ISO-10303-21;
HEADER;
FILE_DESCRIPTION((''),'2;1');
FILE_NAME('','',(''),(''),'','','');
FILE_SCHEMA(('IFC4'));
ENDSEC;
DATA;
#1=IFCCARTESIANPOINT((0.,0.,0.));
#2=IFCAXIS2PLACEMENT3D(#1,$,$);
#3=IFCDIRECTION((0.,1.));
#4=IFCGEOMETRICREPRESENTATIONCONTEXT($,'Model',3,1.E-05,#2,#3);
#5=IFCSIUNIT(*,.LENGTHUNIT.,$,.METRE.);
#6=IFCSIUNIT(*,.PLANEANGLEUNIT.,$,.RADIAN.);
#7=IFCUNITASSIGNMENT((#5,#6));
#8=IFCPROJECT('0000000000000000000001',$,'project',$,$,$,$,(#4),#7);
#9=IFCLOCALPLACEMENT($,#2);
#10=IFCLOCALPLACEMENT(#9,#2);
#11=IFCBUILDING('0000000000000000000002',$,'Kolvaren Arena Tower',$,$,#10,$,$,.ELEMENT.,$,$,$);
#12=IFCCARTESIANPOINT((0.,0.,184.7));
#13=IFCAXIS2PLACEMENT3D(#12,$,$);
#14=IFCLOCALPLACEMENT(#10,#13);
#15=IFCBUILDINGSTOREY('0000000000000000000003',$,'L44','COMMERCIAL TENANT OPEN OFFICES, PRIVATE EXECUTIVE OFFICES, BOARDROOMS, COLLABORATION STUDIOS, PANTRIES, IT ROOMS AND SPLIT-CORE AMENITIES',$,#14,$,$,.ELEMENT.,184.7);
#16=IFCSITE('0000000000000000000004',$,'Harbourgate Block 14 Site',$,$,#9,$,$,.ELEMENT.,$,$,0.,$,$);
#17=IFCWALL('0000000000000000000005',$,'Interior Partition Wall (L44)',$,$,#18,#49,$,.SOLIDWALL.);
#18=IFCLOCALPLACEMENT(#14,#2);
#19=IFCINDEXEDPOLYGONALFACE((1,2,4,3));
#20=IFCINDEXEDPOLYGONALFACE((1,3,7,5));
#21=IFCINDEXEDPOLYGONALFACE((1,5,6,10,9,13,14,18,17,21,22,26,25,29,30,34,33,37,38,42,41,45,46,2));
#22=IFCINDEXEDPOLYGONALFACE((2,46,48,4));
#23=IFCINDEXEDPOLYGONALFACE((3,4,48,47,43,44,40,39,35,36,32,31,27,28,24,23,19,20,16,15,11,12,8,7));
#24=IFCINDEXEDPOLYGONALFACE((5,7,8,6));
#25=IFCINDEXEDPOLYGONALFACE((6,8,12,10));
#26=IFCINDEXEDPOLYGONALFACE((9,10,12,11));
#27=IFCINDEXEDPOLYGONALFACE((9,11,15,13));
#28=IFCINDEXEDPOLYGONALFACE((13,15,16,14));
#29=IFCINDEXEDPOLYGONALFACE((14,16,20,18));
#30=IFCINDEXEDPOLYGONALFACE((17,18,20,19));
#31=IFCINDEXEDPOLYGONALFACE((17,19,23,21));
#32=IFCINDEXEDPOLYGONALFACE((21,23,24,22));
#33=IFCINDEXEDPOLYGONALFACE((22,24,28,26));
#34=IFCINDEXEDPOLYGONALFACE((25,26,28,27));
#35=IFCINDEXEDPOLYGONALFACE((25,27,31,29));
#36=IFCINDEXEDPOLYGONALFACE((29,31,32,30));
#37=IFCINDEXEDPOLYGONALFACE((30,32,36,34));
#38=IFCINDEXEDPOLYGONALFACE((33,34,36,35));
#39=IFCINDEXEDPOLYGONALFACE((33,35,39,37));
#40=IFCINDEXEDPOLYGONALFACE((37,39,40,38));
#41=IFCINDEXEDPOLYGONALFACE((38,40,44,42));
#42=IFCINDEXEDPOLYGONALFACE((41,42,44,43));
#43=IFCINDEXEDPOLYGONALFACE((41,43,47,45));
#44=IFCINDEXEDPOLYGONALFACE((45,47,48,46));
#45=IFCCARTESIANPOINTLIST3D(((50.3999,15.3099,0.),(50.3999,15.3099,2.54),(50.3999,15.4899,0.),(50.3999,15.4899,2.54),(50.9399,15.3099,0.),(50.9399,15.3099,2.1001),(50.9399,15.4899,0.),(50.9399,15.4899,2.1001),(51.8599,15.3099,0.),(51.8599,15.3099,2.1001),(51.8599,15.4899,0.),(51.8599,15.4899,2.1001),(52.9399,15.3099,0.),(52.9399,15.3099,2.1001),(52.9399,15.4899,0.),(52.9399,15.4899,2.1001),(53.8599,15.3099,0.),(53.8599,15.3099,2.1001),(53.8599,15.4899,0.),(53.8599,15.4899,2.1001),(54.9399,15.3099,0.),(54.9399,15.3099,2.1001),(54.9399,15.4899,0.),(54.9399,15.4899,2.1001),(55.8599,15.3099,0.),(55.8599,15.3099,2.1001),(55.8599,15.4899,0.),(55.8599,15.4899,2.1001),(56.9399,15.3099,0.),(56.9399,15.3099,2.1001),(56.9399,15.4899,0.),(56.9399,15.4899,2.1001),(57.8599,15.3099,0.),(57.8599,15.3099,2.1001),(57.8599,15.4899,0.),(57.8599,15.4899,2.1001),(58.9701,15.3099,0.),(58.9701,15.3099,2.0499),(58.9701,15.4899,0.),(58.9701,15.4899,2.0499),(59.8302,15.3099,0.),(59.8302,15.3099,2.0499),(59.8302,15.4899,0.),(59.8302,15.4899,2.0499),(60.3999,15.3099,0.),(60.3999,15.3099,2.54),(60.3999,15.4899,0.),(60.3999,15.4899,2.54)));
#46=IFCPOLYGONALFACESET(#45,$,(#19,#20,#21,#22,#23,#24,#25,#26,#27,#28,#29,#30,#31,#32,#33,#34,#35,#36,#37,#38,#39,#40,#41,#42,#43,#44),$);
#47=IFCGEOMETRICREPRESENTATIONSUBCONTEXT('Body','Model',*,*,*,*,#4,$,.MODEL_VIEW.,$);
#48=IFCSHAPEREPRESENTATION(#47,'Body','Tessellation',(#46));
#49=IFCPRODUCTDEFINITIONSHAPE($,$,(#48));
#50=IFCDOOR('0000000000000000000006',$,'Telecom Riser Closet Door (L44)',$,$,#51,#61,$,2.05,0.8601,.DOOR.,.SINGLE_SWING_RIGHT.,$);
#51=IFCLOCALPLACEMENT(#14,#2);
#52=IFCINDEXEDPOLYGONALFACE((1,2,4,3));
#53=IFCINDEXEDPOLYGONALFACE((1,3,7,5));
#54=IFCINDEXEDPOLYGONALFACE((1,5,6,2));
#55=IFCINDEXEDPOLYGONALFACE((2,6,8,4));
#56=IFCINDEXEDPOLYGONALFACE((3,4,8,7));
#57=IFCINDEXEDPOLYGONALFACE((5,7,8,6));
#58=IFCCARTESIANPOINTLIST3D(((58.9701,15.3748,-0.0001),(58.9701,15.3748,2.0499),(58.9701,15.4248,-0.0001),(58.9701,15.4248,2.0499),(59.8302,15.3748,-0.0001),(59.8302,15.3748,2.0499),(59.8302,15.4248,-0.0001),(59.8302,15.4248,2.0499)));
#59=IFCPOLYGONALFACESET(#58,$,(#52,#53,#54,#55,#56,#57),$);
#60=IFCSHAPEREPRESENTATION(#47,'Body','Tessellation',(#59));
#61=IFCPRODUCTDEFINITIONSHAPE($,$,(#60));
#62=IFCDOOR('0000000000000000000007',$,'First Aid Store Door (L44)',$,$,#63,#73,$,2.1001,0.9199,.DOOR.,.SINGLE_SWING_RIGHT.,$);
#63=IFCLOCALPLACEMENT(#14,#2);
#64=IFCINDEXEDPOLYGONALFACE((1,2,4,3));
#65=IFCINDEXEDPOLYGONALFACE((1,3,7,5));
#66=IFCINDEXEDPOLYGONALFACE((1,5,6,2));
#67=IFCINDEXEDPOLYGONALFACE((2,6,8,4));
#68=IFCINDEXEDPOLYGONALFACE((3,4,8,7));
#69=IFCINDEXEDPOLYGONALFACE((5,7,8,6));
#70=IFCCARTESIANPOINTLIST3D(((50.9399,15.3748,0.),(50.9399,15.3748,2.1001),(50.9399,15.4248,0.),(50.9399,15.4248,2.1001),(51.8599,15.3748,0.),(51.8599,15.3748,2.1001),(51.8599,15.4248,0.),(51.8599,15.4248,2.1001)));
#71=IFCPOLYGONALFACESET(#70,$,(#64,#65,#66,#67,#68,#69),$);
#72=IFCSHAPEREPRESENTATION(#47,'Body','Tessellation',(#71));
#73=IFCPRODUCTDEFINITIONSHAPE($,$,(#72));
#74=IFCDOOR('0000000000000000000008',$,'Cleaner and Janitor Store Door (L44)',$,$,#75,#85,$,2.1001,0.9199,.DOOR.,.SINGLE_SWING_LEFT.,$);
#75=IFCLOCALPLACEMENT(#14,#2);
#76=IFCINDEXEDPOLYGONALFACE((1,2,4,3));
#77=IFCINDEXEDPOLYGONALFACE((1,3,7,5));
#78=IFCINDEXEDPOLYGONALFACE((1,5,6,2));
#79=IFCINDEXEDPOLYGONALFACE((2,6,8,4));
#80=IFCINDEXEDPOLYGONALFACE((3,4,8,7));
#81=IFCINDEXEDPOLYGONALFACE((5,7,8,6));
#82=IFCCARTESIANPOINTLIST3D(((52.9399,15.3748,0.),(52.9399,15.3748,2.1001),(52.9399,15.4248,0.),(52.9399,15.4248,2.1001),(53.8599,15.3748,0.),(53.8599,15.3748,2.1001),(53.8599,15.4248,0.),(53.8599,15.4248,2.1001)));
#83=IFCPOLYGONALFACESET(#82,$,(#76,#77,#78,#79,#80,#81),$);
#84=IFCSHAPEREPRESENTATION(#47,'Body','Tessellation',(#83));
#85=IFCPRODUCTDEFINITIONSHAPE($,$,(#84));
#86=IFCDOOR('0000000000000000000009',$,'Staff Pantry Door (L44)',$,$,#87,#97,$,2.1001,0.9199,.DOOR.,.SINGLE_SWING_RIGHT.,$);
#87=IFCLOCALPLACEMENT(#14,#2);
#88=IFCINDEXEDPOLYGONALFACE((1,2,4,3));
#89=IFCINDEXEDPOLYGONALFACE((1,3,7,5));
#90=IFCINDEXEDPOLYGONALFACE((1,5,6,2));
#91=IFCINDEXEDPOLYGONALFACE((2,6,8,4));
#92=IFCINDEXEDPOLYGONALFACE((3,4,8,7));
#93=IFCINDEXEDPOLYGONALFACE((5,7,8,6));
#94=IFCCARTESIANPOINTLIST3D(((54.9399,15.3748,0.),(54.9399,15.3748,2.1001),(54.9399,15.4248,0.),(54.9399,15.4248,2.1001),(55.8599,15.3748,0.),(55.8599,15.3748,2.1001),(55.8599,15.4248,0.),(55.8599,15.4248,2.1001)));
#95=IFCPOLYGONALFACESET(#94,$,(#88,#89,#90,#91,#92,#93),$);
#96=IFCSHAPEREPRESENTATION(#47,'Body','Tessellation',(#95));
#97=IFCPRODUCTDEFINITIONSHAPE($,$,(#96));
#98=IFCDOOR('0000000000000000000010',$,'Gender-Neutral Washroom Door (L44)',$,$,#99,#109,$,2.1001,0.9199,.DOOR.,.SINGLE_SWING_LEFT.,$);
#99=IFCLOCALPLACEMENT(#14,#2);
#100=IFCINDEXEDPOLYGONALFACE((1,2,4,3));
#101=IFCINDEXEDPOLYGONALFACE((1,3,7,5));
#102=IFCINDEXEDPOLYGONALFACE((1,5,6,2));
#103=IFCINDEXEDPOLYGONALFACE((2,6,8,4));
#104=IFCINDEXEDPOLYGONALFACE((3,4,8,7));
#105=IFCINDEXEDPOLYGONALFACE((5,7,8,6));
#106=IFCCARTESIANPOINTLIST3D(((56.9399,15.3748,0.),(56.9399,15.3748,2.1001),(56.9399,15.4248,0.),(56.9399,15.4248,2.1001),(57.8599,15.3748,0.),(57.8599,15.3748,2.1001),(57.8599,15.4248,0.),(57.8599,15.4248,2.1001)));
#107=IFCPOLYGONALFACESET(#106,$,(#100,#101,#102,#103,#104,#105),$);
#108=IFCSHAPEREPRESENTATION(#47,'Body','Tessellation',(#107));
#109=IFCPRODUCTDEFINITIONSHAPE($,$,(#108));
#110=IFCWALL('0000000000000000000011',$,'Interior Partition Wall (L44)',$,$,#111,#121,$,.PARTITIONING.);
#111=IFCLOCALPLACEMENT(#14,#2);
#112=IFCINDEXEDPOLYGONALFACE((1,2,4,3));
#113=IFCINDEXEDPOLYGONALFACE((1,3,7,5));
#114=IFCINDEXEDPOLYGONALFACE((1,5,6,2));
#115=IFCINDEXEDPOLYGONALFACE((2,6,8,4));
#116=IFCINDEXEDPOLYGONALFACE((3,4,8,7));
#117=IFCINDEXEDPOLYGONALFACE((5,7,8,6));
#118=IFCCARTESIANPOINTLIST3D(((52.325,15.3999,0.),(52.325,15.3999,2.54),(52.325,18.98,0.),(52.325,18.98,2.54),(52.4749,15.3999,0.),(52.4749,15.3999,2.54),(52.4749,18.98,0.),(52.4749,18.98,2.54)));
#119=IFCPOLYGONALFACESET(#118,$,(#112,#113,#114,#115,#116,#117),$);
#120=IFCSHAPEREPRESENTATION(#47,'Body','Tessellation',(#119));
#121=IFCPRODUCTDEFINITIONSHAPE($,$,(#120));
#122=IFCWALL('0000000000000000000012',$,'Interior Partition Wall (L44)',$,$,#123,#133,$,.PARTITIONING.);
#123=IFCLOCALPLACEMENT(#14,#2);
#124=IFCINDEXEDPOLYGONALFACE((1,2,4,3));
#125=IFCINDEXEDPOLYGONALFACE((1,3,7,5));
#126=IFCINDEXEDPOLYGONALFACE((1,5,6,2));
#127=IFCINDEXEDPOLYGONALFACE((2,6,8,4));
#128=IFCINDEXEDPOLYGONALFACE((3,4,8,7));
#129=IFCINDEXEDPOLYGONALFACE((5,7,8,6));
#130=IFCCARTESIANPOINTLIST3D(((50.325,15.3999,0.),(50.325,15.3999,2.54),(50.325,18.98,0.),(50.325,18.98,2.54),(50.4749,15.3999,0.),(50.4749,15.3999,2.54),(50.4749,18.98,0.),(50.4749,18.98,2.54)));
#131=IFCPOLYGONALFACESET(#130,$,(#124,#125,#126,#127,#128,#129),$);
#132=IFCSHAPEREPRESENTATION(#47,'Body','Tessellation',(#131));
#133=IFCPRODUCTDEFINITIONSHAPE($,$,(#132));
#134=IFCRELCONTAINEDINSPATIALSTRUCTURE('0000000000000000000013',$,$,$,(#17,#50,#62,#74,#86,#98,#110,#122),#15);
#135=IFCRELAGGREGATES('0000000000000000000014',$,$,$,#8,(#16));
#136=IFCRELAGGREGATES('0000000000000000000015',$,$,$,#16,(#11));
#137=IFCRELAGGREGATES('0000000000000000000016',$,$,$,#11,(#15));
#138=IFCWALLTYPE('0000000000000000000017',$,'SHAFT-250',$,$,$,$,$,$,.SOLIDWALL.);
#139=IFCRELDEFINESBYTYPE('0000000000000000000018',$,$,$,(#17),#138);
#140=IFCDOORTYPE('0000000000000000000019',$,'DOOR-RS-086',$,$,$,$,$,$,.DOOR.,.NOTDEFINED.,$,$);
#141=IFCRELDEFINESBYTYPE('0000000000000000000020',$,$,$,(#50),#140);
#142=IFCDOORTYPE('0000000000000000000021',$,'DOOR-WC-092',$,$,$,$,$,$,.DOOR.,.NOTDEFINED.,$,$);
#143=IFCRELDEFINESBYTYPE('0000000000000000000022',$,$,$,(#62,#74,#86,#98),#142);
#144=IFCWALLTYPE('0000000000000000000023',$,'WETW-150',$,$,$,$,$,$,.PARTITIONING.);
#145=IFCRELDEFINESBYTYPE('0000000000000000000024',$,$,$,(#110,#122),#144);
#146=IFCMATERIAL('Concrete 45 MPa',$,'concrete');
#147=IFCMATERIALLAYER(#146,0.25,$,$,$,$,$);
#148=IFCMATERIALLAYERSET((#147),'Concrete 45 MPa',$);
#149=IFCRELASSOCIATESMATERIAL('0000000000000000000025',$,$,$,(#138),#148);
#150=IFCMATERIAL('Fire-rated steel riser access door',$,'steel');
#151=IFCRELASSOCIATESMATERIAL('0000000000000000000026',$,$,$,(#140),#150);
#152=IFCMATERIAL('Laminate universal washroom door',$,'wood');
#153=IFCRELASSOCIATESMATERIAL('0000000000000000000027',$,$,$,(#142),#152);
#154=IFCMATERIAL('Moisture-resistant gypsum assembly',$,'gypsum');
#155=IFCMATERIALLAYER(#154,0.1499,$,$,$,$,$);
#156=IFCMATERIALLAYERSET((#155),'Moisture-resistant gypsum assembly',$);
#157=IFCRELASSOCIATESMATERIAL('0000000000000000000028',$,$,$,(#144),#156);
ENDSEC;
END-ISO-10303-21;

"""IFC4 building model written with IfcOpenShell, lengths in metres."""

from ifc_helpers import new_model, si_unit, direction, frame, frame_2d, origin, place, context, subcontext, project, spatial, rectangle, extrude, material, layer, layer_set, type_object, element, fill, save


model = new_model("IFC4")

# Units and contexts
model_context = context("Model", 3, precision=1e-05, world=origin(), true_north=direction((0.0, 1.0)))
body_context = subcontext(model_context, "Body", "Model", "MODEL_VIEW")
ifc_project = project(units=[si_unit("LENGTHUNIT", "METRE"), si_unit("PLANEANGLEUNIT", "RADIAN")], contexts=[model_context])

# Site, building, storey
site_placement = place(None, origin())
site = spatial("IfcSite", under=ifc_project, at=site_placement, Name="Harbourgate Block 14 Site", CompositionType="ELEMENT", RefElevation=0.0)
building_placement = place(site_placement, origin())
building = spatial("IfcBuilding", under=site, at=building_placement, Name="Kolvaren Arena Tower", CompositionType="ELEMENT")
storey_placement = place(building_placement, frame((0.0, 0.0, 184.7)))
storey = spatial("IfcBuildingStorey", under=building, at=storey_placement, Name="L44", Description="COMMERCIAL TENANT OPEN OFFICES, PRIVATE EXECUTIVE OFFICES, BOARDROOMS, COLLABORATION STUDIOS, PANTRIES, IT ROOMS AND SPLIT-CORE AMENITIES", CompositionType="ELEMENT", Elevation=184.7)

# Wall, openings, doors
ifc_material_1 = material(Name="Concrete 45 MPa", Category="concrete")
ifc_layer_1 = layer(ifc_material_1, 0.25)
ifc_layer_set_1 = layer_set([ifc_layer_1], Name="Concrete 45 MPa")
wall_type_1 = type_object("IfcWallType", Name="SHAFT-250", PredefinedType="SOLIDWALL", material=ifc_layer_set_1)
wall_1_placement = place(storey_placement, frame((50.3999, 15.3999, 0.0), z_axis=(0.0, 0.0, 1.0), x_axis=(1.0, 0.0, 0.0)))
wall_1 = element("IfcWall", 1, at=wall_1_placement, inside=storey, type_object=wall_type_1, Name="Interior Partition Wall (L44)", PredefinedType="SOLIDWALL", context=body_context, shape_type="SweptSolid", body=[
    extrude(rectangle(XDim=10.0, YDim=0.1799, at=frame_2d((5.0, 0.0))), origin(), (0.0, 0.0, 1.0), 2.54),
])
opening_1_placement = place(wall_1_placement, frame((0.54, 0.0, 0.0)))
opening_1 = element("IfcOpeningElement", 2, at=opening_1_placement, cuts=wall_1, PredefinedType="OPENING", context=body_context, shape_type="SweptSolid", body=[
    extrude(rectangle(XDim=0.9199, YDim=2.1001, at=frame_2d((0.46, 1.05))), frame((0.0, 0.0999, 0.0), z_axis=(0.0, -1.0, 0.0), x_axis=(1.0, 0.0, 0.0)), (0.0, 0.0, 1.0), 0.2),
])
opening_2_placement = place(wall_1_placement, frame((2.54, 0.0, 0.0)))
opening_2 = element("IfcOpeningElement", 3, at=opening_2_placement, cuts=wall_1, PredefinedType="OPENING", context=body_context, shape_type="SweptSolid", body=[
    extrude(rectangle(XDim=0.9199, YDim=2.1001, at=frame_2d((0.46, 1.05))), frame((0.0, 0.0999, 0.0), z_axis=(0.0, -1.0, 0.0), x_axis=(1.0, 0.0, 0.0)), (0.0, 0.0, 1.0), 0.2),
])
opening_3_placement = place(wall_1_placement, frame((4.54, 0.0, 0.0)))
opening_3 = element("IfcOpeningElement", 4, at=opening_3_placement, cuts=wall_1, PredefinedType="OPENING", context=body_context, shape_type="SweptSolid", body=[
    extrude(rectangle(XDim=0.9199, YDim=2.1001, at=frame_2d((0.46, 1.05))), frame((0.0, 0.0999, 0.0), z_axis=(0.0, -1.0, 0.0), x_axis=(1.0, 0.0, 0.0)), (0.0, 0.0, 1.0), 0.2),
])
opening_4_placement = place(wall_1_placement, frame((6.54, 0.0, 0.0)))
opening_4 = element("IfcOpeningElement", 5, at=opening_4_placement, cuts=wall_1, PredefinedType="OPENING", context=body_context, shape_type="SweptSolid", body=[
    extrude(rectangle(XDim=0.9199, YDim=2.1001, at=frame_2d((0.46, 1.05))), frame((0.0, 0.0999, 0.0), z_axis=(0.0, -1.0, 0.0), x_axis=(1.0, 0.0, 0.0)), (0.0, 0.0, 1.0), 0.2),
])
opening_5_placement = place(wall_1_placement, frame((8.5701, 0.0, 0.0)))
opening_5 = element("IfcOpeningElement", 6, at=opening_5_placement, cuts=wall_1, PredefinedType="OPENING", context=body_context, shape_type="SweptSolid", body=[
    extrude(rectangle(XDim=0.8601, YDim=2.05, at=frame_2d((0.4302, 1.0249))), frame((0.0, 0.0999, 0.0), z_axis=(0.0, -1.0, 0.0), x_axis=(1.0, 0.0, 0.0)), (0.0, 0.0, 1.0), 0.2),
])
ifc_material_2 = material(Name="Fire-rated steel riser access door", Category="steel")
door_type_1 = type_object("IfcDoorType", Name="DOOR-RS-086", OperationType="NOTDEFINED", PredefinedType="DOOR", material=ifc_material_2)
door_1_placement = place(opening_5_placement, origin())
door_1 = element("IfcDoor", 7, at=door_1_placement, inside=storey, type_object=door_type_1, Name="Telecom Riser Closet Door (L44)", OperationType="SINGLE_SWING_RIGHT", OverallHeight=2.05, OverallWidth=0.8601, PredefinedType="DOOR", context=body_context, shape_type="SweptSolid", body=[
    extrude(rectangle(XDim=0.8601, YDim=2.05, at=frame_2d((0.4302, 1.0249))), frame((0.0, 0.0249, 0.0), z_axis=(0.0, -1.0, 0.0), x_axis=(1.0, 0.0, 0.0)), (0.0, 0.0, 1.0), 0.05),
])
fill(opening_5, door_1)
ifc_material_3 = material(Name="Laminate universal washroom door", Category="wood")
door_type_2 = type_object("IfcDoorType", Name="DOOR-WC-092", OperationType="NOTDEFINED", PredefinedType="DOOR", material=ifc_material_3)
door_2_placement = place(opening_1_placement, origin())
door_2 = element("IfcDoor", 8, at=door_2_placement, inside=storey, type_object=door_type_2, Name="First Aid Store Door (L44)", OperationType="SINGLE_SWING_RIGHT", OverallHeight=2.1001, OverallWidth=0.9199, PredefinedType="DOOR", context=body_context, shape_type="SweptSolid", body=[
    extrude(rectangle(XDim=0.9199, YDim=2.1001, at=frame_2d((0.46, 1.05))), frame((0.0, 0.0249, 0.0), z_axis=(0.0, -1.0, 0.0), x_axis=(1.0, 0.0, 0.0)), (0.0, 0.0, 1.0), 0.05),
])
fill(opening_1, door_2)
door_3_placement = place(opening_2_placement, origin())
door_3 = element("IfcDoor", 9, at=door_3_placement, inside=storey, type_object=door_type_2, Name="Cleaner and Janitor Store Door (L44)", OperationType="SINGLE_SWING_LEFT", OverallHeight=2.1001, OverallWidth=0.9199, PredefinedType="DOOR", context=body_context, shape_type="SweptSolid", body=[
    extrude(rectangle(XDim=0.9199, YDim=2.1001, at=frame_2d((0.46, 1.05))), frame((0.0, 0.0249, 0.0), z_axis=(0.0, -1.0, 0.0), x_axis=(1.0, 0.0, 0.0)), (0.0, 0.0, 1.0), 0.05),
])
fill(opening_2, door_3)
door_4_placement = place(opening_3_placement, origin())
door_4 = element("IfcDoor", 10, at=door_4_placement, inside=storey, type_object=door_type_2, Name="Staff Pantry Door (L44)", OperationType="SINGLE_SWING_RIGHT", OverallHeight=2.1001, OverallWidth=0.9199, PredefinedType="DOOR", context=body_context, shape_type="SweptSolid", body=[
    extrude(rectangle(XDim=0.9199, YDim=2.1001, at=frame_2d((0.46, 1.05))), frame((0.0, 0.0249, 0.0), z_axis=(0.0, -1.0, 0.0), x_axis=(1.0, 0.0, 0.0)), (0.0, 0.0, 1.0), 0.05),
])
fill(opening_3, door_4)
door_5_placement = place(opening_4_placement, origin())
door_5 = element("IfcDoor", 11, at=door_5_placement, inside=storey, type_object=door_type_2, Name="Gender-Neutral Washroom Door (L44)", OperationType="SINGLE_SWING_LEFT", OverallHeight=2.1001, OverallWidth=0.9199, PredefinedType="DOOR", context=body_context, shape_type="SweptSolid", body=[
    extrude(rectangle(XDim=0.9199, YDim=2.1001, at=frame_2d((0.46, 1.05))), frame((0.0, 0.0249, 0.0), z_axis=(0.0, -1.0, 0.0), x_axis=(1.0, 0.0, 0.0)), (0.0, 0.0, 1.0), 0.05),
])
fill(opening_4, door_5)

# Walls
ifc_material_4 = material(Name="Moisture-resistant gypsum assembly", Category="gypsum")
ifc_layer_2 = layer(ifc_material_4, 0.1499)
ifc_layer_set_2 = layer_set([ifc_layer_2], Name="Moisture-resistant gypsum assembly")
wall_type_2 = type_object("IfcWallType", Name="WETW-150", PredefinedType="PARTITIONING", material=ifc_layer_set_2)
for number, where, z_axis, x_axis, name in (
    (12, (52.3999, 15.3999, 0.0), (0.0, 0.0, 1.0), (0.0, 1.0, 0.0), "Interior Partition Wall (L44)"),
    (13, (50.3999, 15.3999, 0.0), (0.0, 0.0, 1.0), (0.0, 1.0, 0.0), "Interior Partition Wall (L44)"),
):
    element("IfcWall", number, at=place(storey_placement, frame(where, z_axis=z_axis, x_axis=x_axis)), inside=storey, type_object=wall_type_2, Name=name, PredefinedType="PARTITIONING", context=body_context, shape_type="SweptSolid", body=[
        extrude(rectangle(XDim=3.5801, YDim=0.1499, at=frame_2d((1.79, 0.0))), origin(), (0.0, 0.0, 1.0), 2.54),
    ])

save(model, "model.ifc")
